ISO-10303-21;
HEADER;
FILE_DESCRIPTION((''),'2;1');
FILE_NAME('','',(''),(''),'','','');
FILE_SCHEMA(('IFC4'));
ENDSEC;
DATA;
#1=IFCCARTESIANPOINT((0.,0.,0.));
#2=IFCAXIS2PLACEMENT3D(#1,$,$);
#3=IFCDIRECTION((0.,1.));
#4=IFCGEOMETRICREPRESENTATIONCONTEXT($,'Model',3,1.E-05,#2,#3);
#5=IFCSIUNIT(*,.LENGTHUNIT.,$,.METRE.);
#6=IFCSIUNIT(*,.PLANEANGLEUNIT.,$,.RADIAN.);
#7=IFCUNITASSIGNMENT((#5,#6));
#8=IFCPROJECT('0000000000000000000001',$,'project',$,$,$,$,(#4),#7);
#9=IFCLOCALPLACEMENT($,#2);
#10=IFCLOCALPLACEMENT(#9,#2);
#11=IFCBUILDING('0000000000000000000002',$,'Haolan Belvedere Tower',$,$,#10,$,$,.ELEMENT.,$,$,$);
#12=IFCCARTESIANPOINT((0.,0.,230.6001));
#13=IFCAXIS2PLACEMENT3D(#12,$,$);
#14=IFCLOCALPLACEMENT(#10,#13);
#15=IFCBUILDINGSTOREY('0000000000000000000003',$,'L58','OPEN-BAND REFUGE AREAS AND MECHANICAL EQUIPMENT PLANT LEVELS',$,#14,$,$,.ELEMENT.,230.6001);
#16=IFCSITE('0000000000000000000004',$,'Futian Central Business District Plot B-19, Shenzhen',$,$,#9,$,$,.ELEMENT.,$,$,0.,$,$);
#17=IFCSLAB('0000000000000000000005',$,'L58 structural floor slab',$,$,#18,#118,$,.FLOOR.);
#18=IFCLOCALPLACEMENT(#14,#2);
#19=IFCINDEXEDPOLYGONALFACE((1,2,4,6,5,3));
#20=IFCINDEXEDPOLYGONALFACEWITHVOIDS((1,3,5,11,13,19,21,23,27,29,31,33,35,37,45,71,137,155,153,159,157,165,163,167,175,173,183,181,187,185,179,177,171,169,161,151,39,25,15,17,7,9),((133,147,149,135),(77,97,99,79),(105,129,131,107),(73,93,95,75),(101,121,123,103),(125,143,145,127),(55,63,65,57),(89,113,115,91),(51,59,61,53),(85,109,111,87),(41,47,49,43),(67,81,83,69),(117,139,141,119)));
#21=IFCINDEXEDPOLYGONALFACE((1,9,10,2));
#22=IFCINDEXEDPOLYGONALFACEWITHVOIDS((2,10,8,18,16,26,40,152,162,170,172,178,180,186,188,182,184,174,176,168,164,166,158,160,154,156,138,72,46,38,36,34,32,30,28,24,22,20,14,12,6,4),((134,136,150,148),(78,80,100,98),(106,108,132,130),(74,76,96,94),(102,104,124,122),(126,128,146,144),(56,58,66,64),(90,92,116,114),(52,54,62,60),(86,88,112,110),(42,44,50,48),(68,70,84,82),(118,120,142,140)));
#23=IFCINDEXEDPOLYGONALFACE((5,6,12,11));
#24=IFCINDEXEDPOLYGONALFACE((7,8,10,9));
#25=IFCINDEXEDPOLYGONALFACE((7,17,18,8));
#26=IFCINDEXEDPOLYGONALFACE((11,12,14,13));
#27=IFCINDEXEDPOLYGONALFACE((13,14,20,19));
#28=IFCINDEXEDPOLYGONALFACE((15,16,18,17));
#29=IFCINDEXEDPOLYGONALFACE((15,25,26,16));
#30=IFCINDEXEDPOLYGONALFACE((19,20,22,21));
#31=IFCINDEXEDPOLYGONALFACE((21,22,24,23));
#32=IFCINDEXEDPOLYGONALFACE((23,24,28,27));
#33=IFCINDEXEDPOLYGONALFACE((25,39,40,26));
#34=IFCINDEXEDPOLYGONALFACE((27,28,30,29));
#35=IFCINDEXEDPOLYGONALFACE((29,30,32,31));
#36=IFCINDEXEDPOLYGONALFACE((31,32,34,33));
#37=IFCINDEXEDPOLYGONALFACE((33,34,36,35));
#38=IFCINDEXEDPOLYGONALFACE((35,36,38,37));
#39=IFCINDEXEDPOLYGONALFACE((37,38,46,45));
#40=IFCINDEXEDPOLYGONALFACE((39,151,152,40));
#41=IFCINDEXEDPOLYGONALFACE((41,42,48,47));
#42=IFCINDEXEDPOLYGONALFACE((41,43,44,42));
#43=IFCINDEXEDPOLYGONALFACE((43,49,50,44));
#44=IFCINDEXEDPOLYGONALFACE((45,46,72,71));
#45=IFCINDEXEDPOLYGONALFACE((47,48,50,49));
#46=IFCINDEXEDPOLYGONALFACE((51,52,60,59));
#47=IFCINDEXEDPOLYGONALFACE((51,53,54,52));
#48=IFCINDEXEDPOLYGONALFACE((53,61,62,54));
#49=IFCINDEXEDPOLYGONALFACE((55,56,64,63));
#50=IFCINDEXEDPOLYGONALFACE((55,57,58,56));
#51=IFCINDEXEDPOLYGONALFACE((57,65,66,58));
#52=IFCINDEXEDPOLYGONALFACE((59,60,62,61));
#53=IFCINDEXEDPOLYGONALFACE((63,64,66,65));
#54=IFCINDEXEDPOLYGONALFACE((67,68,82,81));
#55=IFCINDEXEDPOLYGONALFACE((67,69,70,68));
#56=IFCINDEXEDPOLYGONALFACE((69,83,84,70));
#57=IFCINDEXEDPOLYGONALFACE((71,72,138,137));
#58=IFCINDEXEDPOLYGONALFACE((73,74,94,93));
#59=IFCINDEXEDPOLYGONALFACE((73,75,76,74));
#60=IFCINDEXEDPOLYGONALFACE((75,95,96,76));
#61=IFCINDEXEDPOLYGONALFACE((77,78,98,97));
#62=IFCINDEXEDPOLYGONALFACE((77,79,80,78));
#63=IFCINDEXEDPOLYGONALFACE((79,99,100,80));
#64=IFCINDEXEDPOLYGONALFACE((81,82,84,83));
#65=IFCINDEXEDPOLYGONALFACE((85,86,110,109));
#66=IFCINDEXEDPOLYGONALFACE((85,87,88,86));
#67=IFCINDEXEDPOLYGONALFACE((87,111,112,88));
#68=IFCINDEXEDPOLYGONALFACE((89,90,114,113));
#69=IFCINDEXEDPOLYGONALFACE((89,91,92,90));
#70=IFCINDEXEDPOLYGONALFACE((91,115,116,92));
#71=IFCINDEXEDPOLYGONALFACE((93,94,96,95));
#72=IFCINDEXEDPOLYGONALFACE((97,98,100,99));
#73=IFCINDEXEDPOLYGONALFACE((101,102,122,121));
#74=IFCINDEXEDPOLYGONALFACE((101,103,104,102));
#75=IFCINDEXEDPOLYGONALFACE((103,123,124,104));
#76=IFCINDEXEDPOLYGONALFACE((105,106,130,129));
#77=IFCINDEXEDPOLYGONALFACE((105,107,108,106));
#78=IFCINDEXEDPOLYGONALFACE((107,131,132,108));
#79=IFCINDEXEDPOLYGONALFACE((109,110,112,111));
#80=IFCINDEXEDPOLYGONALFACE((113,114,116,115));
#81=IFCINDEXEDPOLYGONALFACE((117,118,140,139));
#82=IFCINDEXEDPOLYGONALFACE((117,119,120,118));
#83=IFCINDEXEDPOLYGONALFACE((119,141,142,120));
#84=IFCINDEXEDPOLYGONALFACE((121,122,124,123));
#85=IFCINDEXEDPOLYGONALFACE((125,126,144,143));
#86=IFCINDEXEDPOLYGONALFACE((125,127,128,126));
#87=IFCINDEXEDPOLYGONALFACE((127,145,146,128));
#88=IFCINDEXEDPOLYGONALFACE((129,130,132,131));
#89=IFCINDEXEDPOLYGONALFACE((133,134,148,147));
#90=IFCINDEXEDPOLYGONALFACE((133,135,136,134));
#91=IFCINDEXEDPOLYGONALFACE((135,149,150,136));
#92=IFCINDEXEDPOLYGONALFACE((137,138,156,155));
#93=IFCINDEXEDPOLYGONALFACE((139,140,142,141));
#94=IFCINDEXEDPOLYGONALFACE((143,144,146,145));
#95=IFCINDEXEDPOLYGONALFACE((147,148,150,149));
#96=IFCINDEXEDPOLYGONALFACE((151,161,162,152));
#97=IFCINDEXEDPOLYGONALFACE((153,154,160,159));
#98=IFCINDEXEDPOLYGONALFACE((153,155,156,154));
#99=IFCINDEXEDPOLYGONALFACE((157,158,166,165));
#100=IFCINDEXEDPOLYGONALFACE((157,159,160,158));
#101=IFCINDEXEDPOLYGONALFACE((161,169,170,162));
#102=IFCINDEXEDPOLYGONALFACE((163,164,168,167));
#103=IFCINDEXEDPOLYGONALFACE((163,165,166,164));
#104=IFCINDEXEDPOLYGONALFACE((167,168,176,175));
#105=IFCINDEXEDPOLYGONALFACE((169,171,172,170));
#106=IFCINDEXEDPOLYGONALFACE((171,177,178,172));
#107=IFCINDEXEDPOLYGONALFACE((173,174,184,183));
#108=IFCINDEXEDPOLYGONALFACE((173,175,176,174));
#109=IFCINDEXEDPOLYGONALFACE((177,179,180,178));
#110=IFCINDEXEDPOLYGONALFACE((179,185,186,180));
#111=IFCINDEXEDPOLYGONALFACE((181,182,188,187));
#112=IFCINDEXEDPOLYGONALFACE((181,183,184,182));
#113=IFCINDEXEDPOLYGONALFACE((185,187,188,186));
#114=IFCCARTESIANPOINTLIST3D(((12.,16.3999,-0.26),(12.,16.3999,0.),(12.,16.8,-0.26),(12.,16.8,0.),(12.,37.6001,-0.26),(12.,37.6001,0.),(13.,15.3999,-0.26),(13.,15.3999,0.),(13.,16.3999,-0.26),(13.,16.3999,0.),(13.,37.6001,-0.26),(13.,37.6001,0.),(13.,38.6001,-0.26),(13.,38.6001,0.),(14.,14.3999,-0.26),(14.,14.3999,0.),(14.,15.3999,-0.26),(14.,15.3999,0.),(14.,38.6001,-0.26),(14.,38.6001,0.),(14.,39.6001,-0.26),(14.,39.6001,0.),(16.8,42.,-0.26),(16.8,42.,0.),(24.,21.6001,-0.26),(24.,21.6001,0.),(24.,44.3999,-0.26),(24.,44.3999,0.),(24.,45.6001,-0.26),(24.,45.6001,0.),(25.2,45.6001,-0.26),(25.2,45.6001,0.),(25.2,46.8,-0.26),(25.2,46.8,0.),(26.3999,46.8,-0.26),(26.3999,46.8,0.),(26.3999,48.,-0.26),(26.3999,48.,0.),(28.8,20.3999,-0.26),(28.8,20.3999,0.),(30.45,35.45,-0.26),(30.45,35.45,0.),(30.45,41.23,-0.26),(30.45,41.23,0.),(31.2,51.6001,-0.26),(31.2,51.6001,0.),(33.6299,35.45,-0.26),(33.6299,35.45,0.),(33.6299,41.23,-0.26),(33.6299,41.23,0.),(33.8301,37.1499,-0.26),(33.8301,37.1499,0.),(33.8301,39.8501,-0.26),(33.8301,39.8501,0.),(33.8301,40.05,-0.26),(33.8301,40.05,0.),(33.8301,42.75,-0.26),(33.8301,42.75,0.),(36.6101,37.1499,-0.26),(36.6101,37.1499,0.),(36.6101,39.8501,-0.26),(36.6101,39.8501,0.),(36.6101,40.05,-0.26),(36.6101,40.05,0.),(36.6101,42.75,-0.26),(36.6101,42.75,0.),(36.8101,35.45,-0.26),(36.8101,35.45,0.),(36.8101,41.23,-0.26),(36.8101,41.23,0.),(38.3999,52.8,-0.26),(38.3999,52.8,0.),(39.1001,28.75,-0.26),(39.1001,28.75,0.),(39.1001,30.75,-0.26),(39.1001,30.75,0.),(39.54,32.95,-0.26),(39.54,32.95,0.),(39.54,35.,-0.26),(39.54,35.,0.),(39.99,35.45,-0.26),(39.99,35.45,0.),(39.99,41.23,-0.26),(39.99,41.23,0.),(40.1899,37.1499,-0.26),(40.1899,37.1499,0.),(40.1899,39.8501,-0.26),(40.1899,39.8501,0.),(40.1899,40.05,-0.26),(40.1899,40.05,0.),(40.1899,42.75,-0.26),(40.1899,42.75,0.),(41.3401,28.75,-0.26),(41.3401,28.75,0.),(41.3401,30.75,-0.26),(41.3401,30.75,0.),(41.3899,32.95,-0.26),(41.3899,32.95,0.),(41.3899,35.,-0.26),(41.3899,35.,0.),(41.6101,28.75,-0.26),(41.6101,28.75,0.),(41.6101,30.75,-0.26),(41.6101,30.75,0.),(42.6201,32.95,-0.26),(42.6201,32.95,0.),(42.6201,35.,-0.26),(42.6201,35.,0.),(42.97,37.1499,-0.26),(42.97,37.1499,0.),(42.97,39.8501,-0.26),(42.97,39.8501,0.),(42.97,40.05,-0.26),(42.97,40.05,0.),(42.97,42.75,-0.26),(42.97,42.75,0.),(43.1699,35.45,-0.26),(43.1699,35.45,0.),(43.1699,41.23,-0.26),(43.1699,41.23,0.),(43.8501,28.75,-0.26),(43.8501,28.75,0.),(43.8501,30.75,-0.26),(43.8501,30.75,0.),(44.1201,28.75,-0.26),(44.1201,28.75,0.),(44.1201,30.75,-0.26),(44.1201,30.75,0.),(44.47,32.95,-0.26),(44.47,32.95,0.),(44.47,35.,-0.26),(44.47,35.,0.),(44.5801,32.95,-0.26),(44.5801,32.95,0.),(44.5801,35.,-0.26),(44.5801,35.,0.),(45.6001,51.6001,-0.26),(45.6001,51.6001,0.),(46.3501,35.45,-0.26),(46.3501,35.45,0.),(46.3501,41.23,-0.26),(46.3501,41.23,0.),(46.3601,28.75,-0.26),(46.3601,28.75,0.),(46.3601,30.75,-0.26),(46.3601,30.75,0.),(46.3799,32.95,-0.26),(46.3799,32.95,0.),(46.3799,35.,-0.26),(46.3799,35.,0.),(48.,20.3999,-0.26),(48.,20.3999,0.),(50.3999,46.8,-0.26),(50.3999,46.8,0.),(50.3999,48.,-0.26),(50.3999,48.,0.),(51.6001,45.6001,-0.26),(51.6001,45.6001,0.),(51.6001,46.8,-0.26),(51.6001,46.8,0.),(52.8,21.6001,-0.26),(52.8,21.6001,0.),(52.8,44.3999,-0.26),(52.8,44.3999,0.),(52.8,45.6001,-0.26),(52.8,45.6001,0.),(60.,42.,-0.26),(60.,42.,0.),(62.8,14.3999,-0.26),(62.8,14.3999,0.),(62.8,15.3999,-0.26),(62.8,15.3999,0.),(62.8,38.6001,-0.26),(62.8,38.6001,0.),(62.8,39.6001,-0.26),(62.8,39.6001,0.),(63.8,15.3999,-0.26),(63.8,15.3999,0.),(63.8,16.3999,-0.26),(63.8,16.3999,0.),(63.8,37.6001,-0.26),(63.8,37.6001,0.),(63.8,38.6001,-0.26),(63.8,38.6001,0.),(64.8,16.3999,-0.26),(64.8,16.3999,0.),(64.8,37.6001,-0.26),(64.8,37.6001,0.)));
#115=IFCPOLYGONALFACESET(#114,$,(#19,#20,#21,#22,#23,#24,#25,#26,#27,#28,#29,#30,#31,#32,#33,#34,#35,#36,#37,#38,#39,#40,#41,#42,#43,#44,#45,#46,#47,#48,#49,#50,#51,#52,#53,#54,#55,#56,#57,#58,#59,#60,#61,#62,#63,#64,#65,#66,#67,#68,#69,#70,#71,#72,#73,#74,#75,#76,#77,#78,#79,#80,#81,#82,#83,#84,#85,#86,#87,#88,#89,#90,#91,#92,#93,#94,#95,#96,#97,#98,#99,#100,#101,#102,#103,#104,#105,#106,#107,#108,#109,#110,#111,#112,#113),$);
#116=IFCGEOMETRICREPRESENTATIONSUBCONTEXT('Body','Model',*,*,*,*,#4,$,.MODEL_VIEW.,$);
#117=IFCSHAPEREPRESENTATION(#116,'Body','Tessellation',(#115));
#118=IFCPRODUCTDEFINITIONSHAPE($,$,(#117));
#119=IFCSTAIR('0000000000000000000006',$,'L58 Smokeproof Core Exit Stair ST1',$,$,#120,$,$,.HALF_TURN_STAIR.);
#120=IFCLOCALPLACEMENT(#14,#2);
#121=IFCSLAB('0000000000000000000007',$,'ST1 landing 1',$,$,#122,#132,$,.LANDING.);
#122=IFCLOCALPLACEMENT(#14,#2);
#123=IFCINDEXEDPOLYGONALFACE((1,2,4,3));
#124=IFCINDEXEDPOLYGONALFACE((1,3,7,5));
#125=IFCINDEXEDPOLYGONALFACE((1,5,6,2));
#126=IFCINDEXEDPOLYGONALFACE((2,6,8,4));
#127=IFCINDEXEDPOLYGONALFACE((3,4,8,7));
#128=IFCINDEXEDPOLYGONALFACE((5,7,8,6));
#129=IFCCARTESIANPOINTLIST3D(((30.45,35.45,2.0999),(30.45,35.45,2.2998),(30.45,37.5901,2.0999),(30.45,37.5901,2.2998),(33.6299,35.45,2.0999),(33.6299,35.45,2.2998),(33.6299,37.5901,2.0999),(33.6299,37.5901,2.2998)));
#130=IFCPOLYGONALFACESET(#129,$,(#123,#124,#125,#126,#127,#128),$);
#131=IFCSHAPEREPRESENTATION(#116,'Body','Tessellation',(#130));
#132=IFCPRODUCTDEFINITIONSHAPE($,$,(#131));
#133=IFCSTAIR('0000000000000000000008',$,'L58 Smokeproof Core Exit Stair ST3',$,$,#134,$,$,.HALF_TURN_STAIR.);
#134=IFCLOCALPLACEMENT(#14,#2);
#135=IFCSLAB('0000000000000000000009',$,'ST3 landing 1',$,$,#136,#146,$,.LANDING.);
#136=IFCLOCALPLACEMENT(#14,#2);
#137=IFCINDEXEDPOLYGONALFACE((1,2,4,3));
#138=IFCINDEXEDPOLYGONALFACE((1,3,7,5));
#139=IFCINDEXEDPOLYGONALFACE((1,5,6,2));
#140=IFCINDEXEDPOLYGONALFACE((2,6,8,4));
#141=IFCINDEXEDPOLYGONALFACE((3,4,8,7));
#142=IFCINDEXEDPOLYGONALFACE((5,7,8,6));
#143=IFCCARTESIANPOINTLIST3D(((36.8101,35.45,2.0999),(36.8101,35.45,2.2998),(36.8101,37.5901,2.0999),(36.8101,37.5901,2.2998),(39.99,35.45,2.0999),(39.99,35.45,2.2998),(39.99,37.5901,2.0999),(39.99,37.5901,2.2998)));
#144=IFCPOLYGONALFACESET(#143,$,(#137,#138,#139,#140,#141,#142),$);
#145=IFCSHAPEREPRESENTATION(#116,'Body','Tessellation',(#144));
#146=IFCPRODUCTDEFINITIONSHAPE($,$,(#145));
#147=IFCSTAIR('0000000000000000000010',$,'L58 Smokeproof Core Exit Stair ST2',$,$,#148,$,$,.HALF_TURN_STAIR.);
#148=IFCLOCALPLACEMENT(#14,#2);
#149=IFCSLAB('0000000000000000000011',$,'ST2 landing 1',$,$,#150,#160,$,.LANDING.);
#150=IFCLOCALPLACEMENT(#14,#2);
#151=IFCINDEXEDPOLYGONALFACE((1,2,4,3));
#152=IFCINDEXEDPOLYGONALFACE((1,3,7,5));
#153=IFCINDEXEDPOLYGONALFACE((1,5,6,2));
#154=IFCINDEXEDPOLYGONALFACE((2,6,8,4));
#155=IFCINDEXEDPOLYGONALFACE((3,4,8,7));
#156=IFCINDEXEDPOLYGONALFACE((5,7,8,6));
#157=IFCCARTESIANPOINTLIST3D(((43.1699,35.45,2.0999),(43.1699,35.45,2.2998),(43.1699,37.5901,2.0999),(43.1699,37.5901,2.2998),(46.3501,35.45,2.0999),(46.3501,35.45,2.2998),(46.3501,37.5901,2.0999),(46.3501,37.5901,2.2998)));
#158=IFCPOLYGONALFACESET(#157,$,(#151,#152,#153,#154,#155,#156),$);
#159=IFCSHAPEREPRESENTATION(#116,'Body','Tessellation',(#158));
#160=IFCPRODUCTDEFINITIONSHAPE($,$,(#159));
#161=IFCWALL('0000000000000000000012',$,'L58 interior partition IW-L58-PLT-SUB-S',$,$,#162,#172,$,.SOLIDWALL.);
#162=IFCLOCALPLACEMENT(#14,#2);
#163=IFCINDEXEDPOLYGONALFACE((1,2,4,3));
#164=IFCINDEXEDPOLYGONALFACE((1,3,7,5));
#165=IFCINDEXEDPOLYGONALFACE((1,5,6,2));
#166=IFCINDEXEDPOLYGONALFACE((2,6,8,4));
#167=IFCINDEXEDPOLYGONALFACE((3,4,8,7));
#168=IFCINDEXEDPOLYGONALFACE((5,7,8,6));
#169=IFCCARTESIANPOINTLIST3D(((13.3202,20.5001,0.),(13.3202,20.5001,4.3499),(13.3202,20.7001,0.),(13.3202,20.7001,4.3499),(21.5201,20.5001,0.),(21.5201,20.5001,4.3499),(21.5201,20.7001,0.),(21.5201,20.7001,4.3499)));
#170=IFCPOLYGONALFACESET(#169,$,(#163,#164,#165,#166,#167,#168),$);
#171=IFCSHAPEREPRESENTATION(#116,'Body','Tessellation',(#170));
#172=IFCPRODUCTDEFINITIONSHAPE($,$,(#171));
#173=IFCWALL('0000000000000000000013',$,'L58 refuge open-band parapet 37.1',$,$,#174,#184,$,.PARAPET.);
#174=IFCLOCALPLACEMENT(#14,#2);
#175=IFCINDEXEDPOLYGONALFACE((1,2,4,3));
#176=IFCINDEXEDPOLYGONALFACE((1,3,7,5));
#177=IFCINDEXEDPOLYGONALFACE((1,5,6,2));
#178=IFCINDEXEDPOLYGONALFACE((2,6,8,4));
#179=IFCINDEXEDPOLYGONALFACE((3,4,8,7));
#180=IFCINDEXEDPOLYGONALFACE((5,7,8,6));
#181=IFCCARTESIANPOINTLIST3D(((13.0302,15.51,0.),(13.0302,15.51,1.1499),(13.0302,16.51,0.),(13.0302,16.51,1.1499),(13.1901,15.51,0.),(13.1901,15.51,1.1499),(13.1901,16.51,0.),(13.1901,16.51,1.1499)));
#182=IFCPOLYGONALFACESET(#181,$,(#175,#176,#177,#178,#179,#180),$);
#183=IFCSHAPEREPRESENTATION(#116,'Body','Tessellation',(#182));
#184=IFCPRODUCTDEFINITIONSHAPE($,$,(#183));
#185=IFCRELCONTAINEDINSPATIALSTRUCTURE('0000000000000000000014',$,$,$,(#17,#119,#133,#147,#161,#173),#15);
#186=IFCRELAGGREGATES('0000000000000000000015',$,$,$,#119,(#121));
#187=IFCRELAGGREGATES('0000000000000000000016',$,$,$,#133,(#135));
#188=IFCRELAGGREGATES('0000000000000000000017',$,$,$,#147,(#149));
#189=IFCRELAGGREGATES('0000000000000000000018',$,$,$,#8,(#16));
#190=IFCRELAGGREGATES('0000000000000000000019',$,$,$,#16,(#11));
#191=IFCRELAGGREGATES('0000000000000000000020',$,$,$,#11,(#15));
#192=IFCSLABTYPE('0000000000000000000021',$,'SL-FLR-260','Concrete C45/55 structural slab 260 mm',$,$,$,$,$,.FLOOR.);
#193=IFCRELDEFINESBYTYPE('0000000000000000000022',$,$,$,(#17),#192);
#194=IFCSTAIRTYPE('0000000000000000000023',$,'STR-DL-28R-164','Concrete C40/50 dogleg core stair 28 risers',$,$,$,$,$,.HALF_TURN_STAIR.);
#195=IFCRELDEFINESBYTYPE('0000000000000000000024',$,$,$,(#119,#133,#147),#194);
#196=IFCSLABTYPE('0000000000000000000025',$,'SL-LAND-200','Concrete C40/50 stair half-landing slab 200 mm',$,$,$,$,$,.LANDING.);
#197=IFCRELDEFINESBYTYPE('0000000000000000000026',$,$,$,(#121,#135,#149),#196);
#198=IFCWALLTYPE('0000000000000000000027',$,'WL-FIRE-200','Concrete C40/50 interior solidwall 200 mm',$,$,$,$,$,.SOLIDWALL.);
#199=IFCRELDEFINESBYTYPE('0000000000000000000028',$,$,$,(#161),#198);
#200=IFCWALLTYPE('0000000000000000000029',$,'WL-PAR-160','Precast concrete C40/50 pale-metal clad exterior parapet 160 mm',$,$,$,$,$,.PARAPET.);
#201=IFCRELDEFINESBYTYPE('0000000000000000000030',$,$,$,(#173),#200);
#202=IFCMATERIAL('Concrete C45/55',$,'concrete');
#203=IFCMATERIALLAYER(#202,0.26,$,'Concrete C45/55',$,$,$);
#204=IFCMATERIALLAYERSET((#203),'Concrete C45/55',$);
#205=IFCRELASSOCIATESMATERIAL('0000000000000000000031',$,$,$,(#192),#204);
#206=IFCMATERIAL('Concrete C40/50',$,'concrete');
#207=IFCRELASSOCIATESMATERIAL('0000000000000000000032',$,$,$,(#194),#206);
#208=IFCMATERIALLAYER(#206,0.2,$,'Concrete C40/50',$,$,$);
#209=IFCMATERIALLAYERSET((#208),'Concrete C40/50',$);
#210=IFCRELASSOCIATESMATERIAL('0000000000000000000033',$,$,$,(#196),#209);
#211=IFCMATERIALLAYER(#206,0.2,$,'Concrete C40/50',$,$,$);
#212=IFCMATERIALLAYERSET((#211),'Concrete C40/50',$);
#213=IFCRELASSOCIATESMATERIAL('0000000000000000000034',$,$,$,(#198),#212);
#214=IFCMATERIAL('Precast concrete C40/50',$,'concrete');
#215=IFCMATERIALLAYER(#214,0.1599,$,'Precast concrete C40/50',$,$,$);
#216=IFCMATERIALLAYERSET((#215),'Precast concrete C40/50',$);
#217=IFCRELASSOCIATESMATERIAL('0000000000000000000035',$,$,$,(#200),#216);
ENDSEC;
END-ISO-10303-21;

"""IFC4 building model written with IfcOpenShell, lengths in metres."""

from ifc_helpers import new_model, si_unit, direction, frame, frame_2d, origin, place, context, subcontext, project, spatial, polyline, rectangle, outline, extrude, material, layer, layer_set, type_object, element, aggregate, save


model = new_model("IFC4")

# Units and contexts
model_context = context("Model", 3, precision=1e-05, world=origin(), true_north=direction((0.0, 1.0)))
body_context = subcontext(model_context, "Body", "Model", "MODEL_VIEW")
ifc_project = project(units=[si_unit("LENGTHUNIT", "METRE"), si_unit("PLANEANGLEUNIT", "RADIAN")], contexts=[model_context])

# Site, building, storey
site_placement = place(None, origin())
site = spatial("IfcSite", under=ifc_project, at=site_placement, Name="Futian Central Business District Plot B-19, Shenzhen", CompositionType="ELEMENT", RefElevation=0.0)
building_placement = place(site_placement, origin())
building = spatial("IfcBuilding", under=site, at=building_placement, Name="Haolan Belvedere Tower", CompositionType="ELEMENT")
storey_placement = place(building_placement, frame((0.0, 0.0, 230.6001)))
storey = spatial("IfcBuildingStorey", under=building, at=storey_placement, Name="L58", Description="OPEN-BAND REFUGE AREAS AND MECHANICAL EQUIPMENT PLANT LEVELS", CompositionType="ELEMENT", Elevation=230.6001)

# Slab
ifc_material_1 = material(Name="Concrete C45/55", Category="concrete")
ifc_layer_1 = layer(ifc_material_1, 0.26, Name="Concrete C45/55")
ifc_layer_set_1 = layer_set([ifc_layer_1], Name="Concrete C45/55")
slab_type_1 = type_object("IfcSlabType", Name="SL-FLR-260", Description="Concrete C45/55 structural slab 260 mm", PredefinedType="FLOOR", material=ifc_layer_set_1)
slab_1_placement = place(storey_placement, frame((0.0, 0.0, -0.26)))
element("IfcSlab", 1, at=slab_1_placement, inside=storey, type_object=slab_type_1, Name="L58 structural floor slab", PredefinedType="FLOOR", context=body_context, shape_type="SweptSolid", body=[
    extrude(outline(polyline([(24.0, 21.6001), (28.8, 20.3999), (48.0, 20.3999), (52.8, 21.6001), (62.8, 14.3999), (62.8, 15.3999), (63.8, 15.3999), (63.8, 16.3999), (64.8, 16.3999), (64.8, 37.6001), (63.8, 37.6001), (63.8, 38.6001), (62.8, 38.6001), (62.8, 39.6001), (60.0, 42.0), (52.8, 44.3999), (52.8, 45.6001), (51.6001, 45.6001), (51.6001, 46.8), (50.3999, 46.8), (50.3999, 48.0), (45.6001, 51.6001), (38.3999, 52.8), (31.2, 51.6001), (26.3999, 48.0), (26.3999, 46.8), (25.2, 46.8), (25.2, 45.6001), (24.0, 45.6001), (24.0, 44.3999), (16.8, 42.0), (14.0, 39.6001), (14.0, 38.6001), (13.0, 38.6001), (13.0, 37.6001), (12.0, 37.6001), (12.0, 16.8), (12.0, 16.3999), (13.0, 16.3999), (13.0, 15.3999), (14.0, 15.3999), (14.0, 14.3999), (24.0, 21.6001)]), holes=[polyline([(30.45, 41.23), (30.45, 35.45), (33.6299, 35.45), (33.6299, 41.23), (30.45, 41.23)]), polyline([(36.8101, 41.23), (36.8101, 35.45), (39.99, 35.45), (39.99, 41.23), (36.8101, 41.23)]), polyline([(43.1699, 41.23), (43.1699, 35.45), (46.3501, 35.45), (46.3501, 41.23), (43.1699, 41.23)]), polyline([(33.8301, 40.05), (36.6101, 40.05), (36.6101, 42.75), (33.8301, 42.75), (33.8301, 40.05)]), polyline([(33.8301, 37.1499), (36.6101, 37.1499), (36.6101, 39.8501), (33.8301, 39.8501), (33.8301, 37.1499)]), polyline([(40.1899, 40.05), (42.97, 40.05), (42.97, 42.75), (40.1899, 42.75), (40.1899, 40.05)]), polyline([(40.1899, 37.1499), (42.97, 37.1499), (42.97, 39.8501), (40.1899, 39.8501), (40.1899, 37.1499)]), polyline([(39.54, 32.95), (41.3899, 32.95), (41.3899, 35.0), (39.54, 35.0), (39.54, 32.95)]), polyline([(42.6201, 32.95), (44.47, 32.95), (44.47, 35.0), (42.6201, 35.0), (42.6201, 32.95)]), polyline([(44.5801, 32.95), (46.3799, 32.95), (46.3799, 35.0), (44.5801, 35.0), (44.5801, 32.95)]), polyline([(39.1001, 28.75), (41.3401, 28.75), (41.3401, 30.75), (39.1001, 30.75), (39.1001, 28.75)]), polyline([(41.6101, 28.75), (43.8501, 28.75), (43.8501, 30.75), (41.6101, 30.75), (41.6101, 28.75)]), polyline([(44.1201, 28.75), (46.3601, 28.75), (46.3601, 30.75), (44.1201, 30.75), (44.1201, 28.75)])]), origin(), (0.0, 0.0, 1.0), 0.26),
])

# Stairs, slabs
ifc_material_2 = material(Name="Concrete C40/50", Category="concrete")
stair_type = type_object("IfcStairType", Name="STR-DL-28R-164", Description="Concrete C40/50 dogleg core stair 28 risers", PredefinedType="HALF_TURN_STAIR", material=ifc_material_2)
stair_1_placement = place(storey_placement, origin())
stair_1 = element("IfcStair", 2, at=stair_1_placement, inside=storey, type_object=stair_type, Name="L58 Smokeproof Core Exit Stair ST1", PredefinedType="HALF_TURN_STAIR")
ifc_layer_2 = layer(ifc_material_2, 0.2, Name="Concrete C40/50")
ifc_layer_set_2 = layer_set([ifc_layer_2], Name="Concrete C40/50")
slab_type_2 = type_object("IfcSlabType", Name="SL-LAND-200", Description="Concrete C40/50 stair half-landing slab 200 mm", PredefinedType="LANDING", material=ifc_layer_set_2)
slab_2_placement = place(storey_placement, frame((0.0, 0.0, 2.0999)))
slab_2 = element("IfcSlab", 3, at=slab_2_placement, type_object=slab_type_2, Name="ST1 landing 1", PredefinedType="LANDING", context=body_context, shape_type="SweptSolid", body=[
    extrude(outline(polyline([(30.45, 37.5901), (30.45, 35.45), (33.6299, 35.45), (33.6299, 37.5901), (30.45, 37.5901)])), origin(), (0.0, 0.0, 1.0), 0.2),
])
aggregate(stair_1, [slab_2])
stair_2_placement = place(storey_placement, origin())
stair_2 = element("IfcStair", 4, at=stair_2_placement, inside=storey, type_object=stair_type, Name="L58 Smokeproof Core Exit Stair ST3", PredefinedType="HALF_TURN_STAIR")
slab_3_placement = place(storey_placement, frame((0.0, 0.0, 2.0999)))
slab_3 = element("IfcSlab", 5, at=slab_3_placement, type_object=slab_type_2, Name="ST3 landing 1", PredefinedType="LANDING", context=body_context, shape_type="SweptSolid", body=[
    extrude(outline(polyline([(36.8101, 37.5901), (36.8101, 35.45), (39.99, 35.45), (39.99, 37.5901), (36.8101, 37.5901)])), origin(), (0.0, 0.0, 1.0), 0.2),
])
aggregate(stair_2, [slab_3])
stair_3_placement = place(storey_placement, origin())
stair_3 = element("IfcStair", 6, at=stair_3_placement, inside=storey, type_object=stair_type, Name="L58 Smokeproof Core Exit Stair ST2", PredefinedType="HALF_TURN_STAIR")
slab_4_placement = place(storey_placement, frame((0.0, 0.0, 2.0999)))
slab_4 = element("IfcSlab", 7, at=slab_4_placement, type_object=slab_type_2, Name="ST2 landing 1", PredefinedType="LANDING", context=body_context, shape_type="SweptSolid", body=[
    extrude(outline(polyline([(43.1699, 37.5901), (43.1699, 35.45), (46.3501, 35.45), (46.3501, 37.5901), (43.1699, 37.5901)])), origin(), (0.0, 0.0, 1.0), 0.2),
])
aggregate(stair_3, [slab_4])

# Walls
ifc_layer_3 = layer(ifc_material_2, 0.2, Name="Concrete C40/50")
ifc_layer_set_3 = layer_set([ifc_layer_3], Name="Concrete C40/50")
wall_type_1 = type_object("IfcWallType", Name="WL-FIRE-200", Description="Concrete C40/50 interior solidwall 200 mm", PredefinedType="SOLIDWALL", material=ifc_layer_set_3)
wall_1_placement = place(storey_placement, frame((13.3201, 20.6001, 0.0), z_axis=(0.0, 0.0, 1.0), x_axis=(1.0, 0.0, 0.0)))
element("IfcWall", 8, at=wall_1_placement, inside=storey, type_object=wall_type_1, Name="L58 interior partition IW-L58-PLT-SUB-S", PredefinedType="SOLIDWALL", context=body_context, shape_type="SweptSolid", body=[
    extrude(rectangle(XDim=8.2, YDim=0.2, at=frame_2d((4.1001, 0.0))), origin(), (0.0, 0.0, 1.0), 4.3499),
])
ifc_material_3 = material(Name="Precast concrete C40/50", Category="concrete")
ifc_layer_4 = layer(ifc_material_3, 0.1599, Name="Precast concrete C40/50")
ifc_layer_set_4 = layer_set([ifc_layer_4], Name="Precast concrete C40/50")
wall_type_2 = type_object("IfcWallType", Name="WL-PAR-160", Description="Precast concrete C40/50 pale-metal clad exterior parapet 160 mm", PredefinedType="PARAPET", material=ifc_layer_set_4)
wall_2_placement = place(storey_placement, frame((13.1101, 16.51, 0.0), z_axis=(0.0, 0.0, 1.0), x_axis=(0.0, -1.0, 0.0)))
element("IfcWall", 9, at=wall_2_placement, inside=storey, type_object=wall_type_2, Name="L58 refuge open-band parapet 37.1", PredefinedType="PARAPET", context=body_context, shape_type="SweptSolid", body=[
    extrude(rectangle(XDim=1.0, YDim=0.1599, at=frame_2d((0.5, 0.0))), origin(), (0.0, 0.0, 1.0), 1.1499),
])

save(model, "model.ifc")
